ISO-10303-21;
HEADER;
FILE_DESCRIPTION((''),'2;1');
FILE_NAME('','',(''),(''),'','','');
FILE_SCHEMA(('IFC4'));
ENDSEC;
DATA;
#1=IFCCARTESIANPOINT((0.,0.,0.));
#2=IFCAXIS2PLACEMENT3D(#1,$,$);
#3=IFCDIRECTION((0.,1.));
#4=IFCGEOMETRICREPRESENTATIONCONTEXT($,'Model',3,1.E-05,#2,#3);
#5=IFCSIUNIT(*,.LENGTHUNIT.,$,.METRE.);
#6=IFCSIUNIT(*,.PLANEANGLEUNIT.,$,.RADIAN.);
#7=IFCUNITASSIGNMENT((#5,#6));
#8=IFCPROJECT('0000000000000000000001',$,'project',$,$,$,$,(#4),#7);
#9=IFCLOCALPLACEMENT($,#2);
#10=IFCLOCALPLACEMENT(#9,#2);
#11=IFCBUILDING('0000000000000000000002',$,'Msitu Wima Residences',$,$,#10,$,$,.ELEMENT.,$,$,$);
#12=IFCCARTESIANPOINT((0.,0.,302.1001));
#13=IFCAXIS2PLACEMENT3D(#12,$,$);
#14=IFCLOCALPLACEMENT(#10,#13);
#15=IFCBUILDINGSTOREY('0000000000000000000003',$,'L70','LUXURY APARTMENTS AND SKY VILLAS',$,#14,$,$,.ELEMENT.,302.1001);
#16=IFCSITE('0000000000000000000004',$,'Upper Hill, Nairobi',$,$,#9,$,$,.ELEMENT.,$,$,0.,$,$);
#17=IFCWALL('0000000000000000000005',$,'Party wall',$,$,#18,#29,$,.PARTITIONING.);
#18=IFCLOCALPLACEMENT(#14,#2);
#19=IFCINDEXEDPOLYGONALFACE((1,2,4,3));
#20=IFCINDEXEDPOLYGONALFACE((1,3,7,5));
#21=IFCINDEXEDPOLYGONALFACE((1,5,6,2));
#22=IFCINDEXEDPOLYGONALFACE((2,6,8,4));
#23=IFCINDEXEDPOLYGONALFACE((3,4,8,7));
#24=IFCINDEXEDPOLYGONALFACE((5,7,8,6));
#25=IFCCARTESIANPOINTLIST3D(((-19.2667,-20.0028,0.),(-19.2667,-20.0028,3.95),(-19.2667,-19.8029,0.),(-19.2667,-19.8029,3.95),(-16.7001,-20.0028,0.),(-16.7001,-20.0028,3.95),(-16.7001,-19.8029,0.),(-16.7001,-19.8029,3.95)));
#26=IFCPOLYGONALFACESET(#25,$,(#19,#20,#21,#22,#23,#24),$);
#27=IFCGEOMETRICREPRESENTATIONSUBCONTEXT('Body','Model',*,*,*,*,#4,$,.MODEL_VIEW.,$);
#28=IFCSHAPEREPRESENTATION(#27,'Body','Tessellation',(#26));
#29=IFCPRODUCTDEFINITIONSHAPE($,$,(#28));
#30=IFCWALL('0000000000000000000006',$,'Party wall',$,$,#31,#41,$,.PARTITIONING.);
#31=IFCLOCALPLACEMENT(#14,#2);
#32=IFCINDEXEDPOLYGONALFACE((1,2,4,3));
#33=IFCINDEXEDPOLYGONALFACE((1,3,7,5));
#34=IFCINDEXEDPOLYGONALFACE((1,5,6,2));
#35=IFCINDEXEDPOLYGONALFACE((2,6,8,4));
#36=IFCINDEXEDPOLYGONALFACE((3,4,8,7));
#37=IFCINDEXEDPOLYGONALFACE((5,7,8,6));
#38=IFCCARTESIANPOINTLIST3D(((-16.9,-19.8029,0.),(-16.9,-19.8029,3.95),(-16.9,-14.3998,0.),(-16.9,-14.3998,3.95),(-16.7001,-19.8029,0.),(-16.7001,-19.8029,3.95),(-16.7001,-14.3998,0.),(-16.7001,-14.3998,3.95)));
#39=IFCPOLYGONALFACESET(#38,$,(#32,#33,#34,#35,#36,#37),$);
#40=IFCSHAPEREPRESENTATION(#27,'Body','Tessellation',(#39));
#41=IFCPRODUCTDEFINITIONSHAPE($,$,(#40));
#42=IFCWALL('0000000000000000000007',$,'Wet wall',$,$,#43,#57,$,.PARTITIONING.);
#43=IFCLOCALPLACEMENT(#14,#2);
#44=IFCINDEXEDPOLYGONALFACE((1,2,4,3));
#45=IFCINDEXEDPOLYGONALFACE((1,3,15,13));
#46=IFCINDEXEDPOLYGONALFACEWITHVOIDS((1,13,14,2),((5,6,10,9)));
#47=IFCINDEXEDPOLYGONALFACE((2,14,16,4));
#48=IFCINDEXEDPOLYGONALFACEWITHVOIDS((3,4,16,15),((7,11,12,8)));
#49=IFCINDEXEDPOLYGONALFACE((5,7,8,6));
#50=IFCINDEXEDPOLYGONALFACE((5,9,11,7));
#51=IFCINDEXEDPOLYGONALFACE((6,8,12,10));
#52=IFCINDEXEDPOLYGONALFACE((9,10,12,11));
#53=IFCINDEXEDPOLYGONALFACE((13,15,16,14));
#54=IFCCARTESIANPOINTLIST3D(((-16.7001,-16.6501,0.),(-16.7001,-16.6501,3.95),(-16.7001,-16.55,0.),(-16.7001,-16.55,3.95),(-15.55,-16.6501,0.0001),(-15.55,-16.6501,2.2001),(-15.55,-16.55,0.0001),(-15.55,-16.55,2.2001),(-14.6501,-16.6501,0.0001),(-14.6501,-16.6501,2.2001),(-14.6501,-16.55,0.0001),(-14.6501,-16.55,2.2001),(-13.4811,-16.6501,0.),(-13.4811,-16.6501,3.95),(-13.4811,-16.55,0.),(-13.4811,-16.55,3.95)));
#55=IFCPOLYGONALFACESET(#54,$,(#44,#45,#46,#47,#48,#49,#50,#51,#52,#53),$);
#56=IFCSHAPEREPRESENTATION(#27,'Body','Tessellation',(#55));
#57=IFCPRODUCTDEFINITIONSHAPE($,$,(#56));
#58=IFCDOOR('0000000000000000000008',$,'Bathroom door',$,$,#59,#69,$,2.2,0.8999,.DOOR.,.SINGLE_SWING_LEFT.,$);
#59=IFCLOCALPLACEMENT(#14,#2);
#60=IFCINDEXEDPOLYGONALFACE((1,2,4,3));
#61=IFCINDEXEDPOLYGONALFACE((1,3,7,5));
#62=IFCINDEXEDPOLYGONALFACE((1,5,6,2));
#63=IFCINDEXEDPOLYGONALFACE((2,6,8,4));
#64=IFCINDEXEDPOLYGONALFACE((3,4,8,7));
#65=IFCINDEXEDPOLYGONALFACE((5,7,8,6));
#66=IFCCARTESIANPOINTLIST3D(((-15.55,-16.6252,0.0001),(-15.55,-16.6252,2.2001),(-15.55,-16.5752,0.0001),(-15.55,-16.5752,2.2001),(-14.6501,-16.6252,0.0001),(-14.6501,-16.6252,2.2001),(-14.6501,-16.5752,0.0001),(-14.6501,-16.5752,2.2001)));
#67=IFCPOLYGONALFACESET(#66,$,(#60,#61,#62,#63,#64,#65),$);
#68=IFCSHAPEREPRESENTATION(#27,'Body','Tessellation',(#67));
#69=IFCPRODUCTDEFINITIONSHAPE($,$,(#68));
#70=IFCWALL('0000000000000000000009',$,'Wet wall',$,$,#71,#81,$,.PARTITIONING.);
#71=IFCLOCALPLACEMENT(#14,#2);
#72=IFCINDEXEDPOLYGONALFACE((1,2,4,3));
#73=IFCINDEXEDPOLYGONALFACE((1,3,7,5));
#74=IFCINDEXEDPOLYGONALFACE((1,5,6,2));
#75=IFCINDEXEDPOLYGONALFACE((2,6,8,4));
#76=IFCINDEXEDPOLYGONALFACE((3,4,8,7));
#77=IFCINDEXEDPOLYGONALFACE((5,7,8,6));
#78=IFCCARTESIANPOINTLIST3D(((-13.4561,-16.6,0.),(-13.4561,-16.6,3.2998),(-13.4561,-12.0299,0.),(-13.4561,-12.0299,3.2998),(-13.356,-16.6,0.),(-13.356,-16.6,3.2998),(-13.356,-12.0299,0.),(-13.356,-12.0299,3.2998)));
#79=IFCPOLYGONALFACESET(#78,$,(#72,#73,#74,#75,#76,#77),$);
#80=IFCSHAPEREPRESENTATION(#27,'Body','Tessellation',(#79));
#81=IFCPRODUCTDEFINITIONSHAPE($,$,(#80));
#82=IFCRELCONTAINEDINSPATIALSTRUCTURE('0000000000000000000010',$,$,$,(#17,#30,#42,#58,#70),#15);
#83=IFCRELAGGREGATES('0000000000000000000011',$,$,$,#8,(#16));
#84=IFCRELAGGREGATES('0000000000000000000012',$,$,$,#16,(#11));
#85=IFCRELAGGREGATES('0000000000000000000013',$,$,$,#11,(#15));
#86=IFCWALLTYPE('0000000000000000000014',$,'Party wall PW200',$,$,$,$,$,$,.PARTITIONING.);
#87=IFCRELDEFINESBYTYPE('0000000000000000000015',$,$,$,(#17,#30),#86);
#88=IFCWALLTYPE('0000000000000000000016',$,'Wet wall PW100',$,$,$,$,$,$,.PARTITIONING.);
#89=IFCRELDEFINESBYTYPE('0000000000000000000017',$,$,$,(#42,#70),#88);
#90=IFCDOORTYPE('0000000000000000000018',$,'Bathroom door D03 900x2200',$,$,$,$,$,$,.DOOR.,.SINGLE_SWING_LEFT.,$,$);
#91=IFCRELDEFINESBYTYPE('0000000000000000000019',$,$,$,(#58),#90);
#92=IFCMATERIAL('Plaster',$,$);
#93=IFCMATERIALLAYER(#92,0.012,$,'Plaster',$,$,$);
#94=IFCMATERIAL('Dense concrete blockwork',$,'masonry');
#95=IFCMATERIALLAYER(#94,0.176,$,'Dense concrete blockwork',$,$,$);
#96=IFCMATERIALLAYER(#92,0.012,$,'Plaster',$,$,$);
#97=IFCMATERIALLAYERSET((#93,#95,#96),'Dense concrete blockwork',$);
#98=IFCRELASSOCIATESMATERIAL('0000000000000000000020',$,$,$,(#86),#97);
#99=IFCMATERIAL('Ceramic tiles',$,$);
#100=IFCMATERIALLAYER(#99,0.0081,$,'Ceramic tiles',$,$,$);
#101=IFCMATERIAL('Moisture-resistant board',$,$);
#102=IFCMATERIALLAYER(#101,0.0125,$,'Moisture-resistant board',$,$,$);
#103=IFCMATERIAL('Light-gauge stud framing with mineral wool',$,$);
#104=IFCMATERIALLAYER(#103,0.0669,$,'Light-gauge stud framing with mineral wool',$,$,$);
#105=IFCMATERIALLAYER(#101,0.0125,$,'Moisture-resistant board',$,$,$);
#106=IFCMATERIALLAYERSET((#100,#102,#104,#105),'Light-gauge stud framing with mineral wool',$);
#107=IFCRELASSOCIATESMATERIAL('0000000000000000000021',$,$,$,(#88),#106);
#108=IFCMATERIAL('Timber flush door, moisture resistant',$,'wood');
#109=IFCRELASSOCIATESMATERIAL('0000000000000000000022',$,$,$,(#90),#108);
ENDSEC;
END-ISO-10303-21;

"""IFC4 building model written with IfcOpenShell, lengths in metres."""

from ifc_helpers import new_model, si_unit, direction, frame, frame_2d, origin, place, context, subcontext, project, spatial, rectangle, extrude, material, layer, layer_set, type_object, element, fill, save


model = new_model("IFC4")

# Units and contexts
model_context = context("Model", 3, precision=1e-05, world=origin(), true_north=direction((0.0, 1.0)))
body_context = subcontext(model_context, "Body", "Model", "MODEL_VIEW")
ifc_project = project(units=[si_unit("LENGTHUNIT", "METRE"), si_unit("PLANEANGLEUNIT", "RADIAN")], contexts=[model_context])

# Site, building, storey
site_placement = place(None, origin())
site = spatial("IfcSite", under=ifc_project, at=site_placement, Name="Upper Hill, Nairobi", CompositionType="ELEMENT", RefElevation=0.0)
building_placement = place(site_placement, origin())
building = spatial("IfcBuilding", under=site, at=building_placement, Name="Msitu Wima Residences", CompositionType="ELEMENT")
storey_placement = place(building_placement, frame((0.0, 0.0, 302.1001)))
storey = spatial("IfcBuildingStorey", under=building, at=storey_placement, Name="L70", Description="LUXURY APARTMENTS AND SKY VILLAS", CompositionType="ELEMENT", Elevation=302.1001)

# Shared definitions
ifc_material_1 = material(Name="Plaster")

# Walls
ifc_layer_1 = layer(ifc_material_1, 0.012, Name="Plaster")
ifc_material_2 = material(Name="Dense concrete blockwork", Category="masonry")
ifc_layer_2 = layer(ifc_material_2, 0.176, Name="Dense concrete blockwork")
ifc_layer_3 = layer(ifc_material_1, 0.012, Name="Plaster")
ifc_layer_set_1 = layer_set([ifc_layer_1, ifc_layer_2, ifc_layer_3], Name="Dense concrete blockwork")
wall_type_1 = type_object("IfcWallType", Name="Party wall PW200", PredefinedType="PARTITIONING", material=ifc_layer_set_1)
wall_1_placement = place(storey_placement, frame((-19.2666, -19.9028, 0.0), z_axis=(0.0, 0.0, 1.0), x_axis=(1.0, 0.0, 0.0)))
element("IfcWall", 1, at=wall_1_placement, inside=storey, type_object=wall_type_1, Name="Party wall", PredefinedType="PARTITIONING", context=body_context, shape_type="SweptSolid", body=[
    extrude(rectangle(XDim=2.5667, YDim=0.2, at=frame_2d((1.2832, 0.0))), origin(), (0.0, 0.0, 1.0), 3.95),
])
wall_2_placement = place(storey_placement, frame((-16.8, -19.803, 0.0), z_axis=(0.0, 0.0, 1.0), x_axis=(0.0, 1.0, 0.0)))
element("IfcWall", 2, at=wall_2_placement, inside=storey, type_object=wall_type_1, Name="Party wall", PredefinedType="PARTITIONING", context=body_context, shape_type="SweptSolid", body=[
    extrude(rectangle(XDim=5.4031, YDim=0.2, at=frame_2d((2.7017, 0.0))), origin(), (0.0, 0.0, 1.0), 3.95),
])

# Wall, opening, door
ifc_material_3 = material(Name="Ceramic tiles")
ifc_layer_4 = layer(ifc_material_3, 0.0081, Name="Ceramic tiles")
ifc_material_4 = material(Name="Moisture-resistant board")
ifc_layer_5 = layer(ifc_material_4, 0.0125, Name="Moisture-resistant board")
ifc_material_5 = material(Name="Light-gauge stud framing with mineral wool")
ifc_layer_6 = layer(ifc_material_5, 0.0669, Name="Light-gauge stud framing with mineral wool")
ifc_layer_7 = layer(ifc_material_4, 0.0125, Name="Moisture-resistant board")
ifc_layer_set_2 = layer_set([ifc_layer_4, ifc_layer_5, ifc_layer_6, ifc_layer_7], Name="Light-gauge stud framing with mineral wool")
wall_type_2 = type_object("IfcWallType", Name="Wet wall PW100", PredefinedType="PARTITIONING", material=ifc_layer_set_2)
wall_3_placement = place(storey_placement, frame((-16.7, -16.6001, 0.0), z_axis=(0.0, 0.0, 1.0), x_axis=(1.0, 0.0, 0.0)))
wall_3 = element("IfcWall", 3, at=wall_3_placement, inside=storey, type_object=wall_type_2, Name="Wet wall", PredefinedType="PARTITIONING", context=body_context, shape_type="SweptSolid", body=[
    extrude(rectangle(XDim=3.219, YDim=0.1001, at=frame_2d((1.6094, 0.0))), origin(), (0.0, 0.0, 1.0), 3.95),
])
opening_1_placement = place(wall_3_placement, frame((1.1499, 0.0, 0.0)))
opening_1 = element("IfcOpeningElement", 4, at=opening_1_placement, cuts=wall_3, PredefinedType="OPENING", context=body_context, shape_type="SweptSolid", body=[
    extrude(rectangle(XDim=0.8999, YDim=2.2, at=frame_2d((0.45, 1.1001))), frame((0.0, 0.0601, 0.0), z_axis=(0.0, -1.0, 0.0), x_axis=(1.0, 0.0, 0.0)), (0.0, 0.0, 1.0), 0.1201),
])
ifc_material_6 = material(Name="Timber flush door, moisture resistant", Category="wood")
door_type_1 = type_object("IfcDoorType", Name="Bathroom door D03 900x2200", OperationType="SINGLE_SWING_LEFT", PredefinedType="DOOR", material=ifc_material_6)
door_1_placement = place(opening_1_placement, origin())
door_1 = element("IfcDoor", 5, at=door_1_placement, inside=storey, type_object=door_type_1, Name="Bathroom door", OperationType="SINGLE_SWING_LEFT", OverallHeight=2.2, OverallWidth=0.8999, PredefinedType="DOOR", context=body_context, shape_type="SweptSolid", body=[
    extrude(rectangle(XDim=0.8999, YDim=2.2, at=frame_2d((0.45, 1.1001))), frame((0.0, 0.0249, 0.0), z_axis=(0.0, -1.0, 0.0), x_axis=(1.0, 0.0, 0.0)), (0.0, 0.0, 1.0), 0.05),
])
fill(opening_1, door_1)

# Wall
wall_4_placement = place(storey_placement, frame((-13.406, -16.6001, 0.0), z_axis=(0.0, 0.0, 1.0), x_axis=(0.0, 1.0, 0.0)))
element("IfcWall", 6, at=wall_4_placement, inside=storey, type_object=wall_type_2, Name="Wet wall", PredefinedType="PARTITIONING", context=body_context, shape_type="SweptSolid", body=[
    extrude(rectangle(XDim=4.5701, YDim=0.1001, at=frame_2d((2.2852, 0.0))), origin(), (0.0, 0.0, 1.0), 3.2998),
])

save(model, "model.ifc")
